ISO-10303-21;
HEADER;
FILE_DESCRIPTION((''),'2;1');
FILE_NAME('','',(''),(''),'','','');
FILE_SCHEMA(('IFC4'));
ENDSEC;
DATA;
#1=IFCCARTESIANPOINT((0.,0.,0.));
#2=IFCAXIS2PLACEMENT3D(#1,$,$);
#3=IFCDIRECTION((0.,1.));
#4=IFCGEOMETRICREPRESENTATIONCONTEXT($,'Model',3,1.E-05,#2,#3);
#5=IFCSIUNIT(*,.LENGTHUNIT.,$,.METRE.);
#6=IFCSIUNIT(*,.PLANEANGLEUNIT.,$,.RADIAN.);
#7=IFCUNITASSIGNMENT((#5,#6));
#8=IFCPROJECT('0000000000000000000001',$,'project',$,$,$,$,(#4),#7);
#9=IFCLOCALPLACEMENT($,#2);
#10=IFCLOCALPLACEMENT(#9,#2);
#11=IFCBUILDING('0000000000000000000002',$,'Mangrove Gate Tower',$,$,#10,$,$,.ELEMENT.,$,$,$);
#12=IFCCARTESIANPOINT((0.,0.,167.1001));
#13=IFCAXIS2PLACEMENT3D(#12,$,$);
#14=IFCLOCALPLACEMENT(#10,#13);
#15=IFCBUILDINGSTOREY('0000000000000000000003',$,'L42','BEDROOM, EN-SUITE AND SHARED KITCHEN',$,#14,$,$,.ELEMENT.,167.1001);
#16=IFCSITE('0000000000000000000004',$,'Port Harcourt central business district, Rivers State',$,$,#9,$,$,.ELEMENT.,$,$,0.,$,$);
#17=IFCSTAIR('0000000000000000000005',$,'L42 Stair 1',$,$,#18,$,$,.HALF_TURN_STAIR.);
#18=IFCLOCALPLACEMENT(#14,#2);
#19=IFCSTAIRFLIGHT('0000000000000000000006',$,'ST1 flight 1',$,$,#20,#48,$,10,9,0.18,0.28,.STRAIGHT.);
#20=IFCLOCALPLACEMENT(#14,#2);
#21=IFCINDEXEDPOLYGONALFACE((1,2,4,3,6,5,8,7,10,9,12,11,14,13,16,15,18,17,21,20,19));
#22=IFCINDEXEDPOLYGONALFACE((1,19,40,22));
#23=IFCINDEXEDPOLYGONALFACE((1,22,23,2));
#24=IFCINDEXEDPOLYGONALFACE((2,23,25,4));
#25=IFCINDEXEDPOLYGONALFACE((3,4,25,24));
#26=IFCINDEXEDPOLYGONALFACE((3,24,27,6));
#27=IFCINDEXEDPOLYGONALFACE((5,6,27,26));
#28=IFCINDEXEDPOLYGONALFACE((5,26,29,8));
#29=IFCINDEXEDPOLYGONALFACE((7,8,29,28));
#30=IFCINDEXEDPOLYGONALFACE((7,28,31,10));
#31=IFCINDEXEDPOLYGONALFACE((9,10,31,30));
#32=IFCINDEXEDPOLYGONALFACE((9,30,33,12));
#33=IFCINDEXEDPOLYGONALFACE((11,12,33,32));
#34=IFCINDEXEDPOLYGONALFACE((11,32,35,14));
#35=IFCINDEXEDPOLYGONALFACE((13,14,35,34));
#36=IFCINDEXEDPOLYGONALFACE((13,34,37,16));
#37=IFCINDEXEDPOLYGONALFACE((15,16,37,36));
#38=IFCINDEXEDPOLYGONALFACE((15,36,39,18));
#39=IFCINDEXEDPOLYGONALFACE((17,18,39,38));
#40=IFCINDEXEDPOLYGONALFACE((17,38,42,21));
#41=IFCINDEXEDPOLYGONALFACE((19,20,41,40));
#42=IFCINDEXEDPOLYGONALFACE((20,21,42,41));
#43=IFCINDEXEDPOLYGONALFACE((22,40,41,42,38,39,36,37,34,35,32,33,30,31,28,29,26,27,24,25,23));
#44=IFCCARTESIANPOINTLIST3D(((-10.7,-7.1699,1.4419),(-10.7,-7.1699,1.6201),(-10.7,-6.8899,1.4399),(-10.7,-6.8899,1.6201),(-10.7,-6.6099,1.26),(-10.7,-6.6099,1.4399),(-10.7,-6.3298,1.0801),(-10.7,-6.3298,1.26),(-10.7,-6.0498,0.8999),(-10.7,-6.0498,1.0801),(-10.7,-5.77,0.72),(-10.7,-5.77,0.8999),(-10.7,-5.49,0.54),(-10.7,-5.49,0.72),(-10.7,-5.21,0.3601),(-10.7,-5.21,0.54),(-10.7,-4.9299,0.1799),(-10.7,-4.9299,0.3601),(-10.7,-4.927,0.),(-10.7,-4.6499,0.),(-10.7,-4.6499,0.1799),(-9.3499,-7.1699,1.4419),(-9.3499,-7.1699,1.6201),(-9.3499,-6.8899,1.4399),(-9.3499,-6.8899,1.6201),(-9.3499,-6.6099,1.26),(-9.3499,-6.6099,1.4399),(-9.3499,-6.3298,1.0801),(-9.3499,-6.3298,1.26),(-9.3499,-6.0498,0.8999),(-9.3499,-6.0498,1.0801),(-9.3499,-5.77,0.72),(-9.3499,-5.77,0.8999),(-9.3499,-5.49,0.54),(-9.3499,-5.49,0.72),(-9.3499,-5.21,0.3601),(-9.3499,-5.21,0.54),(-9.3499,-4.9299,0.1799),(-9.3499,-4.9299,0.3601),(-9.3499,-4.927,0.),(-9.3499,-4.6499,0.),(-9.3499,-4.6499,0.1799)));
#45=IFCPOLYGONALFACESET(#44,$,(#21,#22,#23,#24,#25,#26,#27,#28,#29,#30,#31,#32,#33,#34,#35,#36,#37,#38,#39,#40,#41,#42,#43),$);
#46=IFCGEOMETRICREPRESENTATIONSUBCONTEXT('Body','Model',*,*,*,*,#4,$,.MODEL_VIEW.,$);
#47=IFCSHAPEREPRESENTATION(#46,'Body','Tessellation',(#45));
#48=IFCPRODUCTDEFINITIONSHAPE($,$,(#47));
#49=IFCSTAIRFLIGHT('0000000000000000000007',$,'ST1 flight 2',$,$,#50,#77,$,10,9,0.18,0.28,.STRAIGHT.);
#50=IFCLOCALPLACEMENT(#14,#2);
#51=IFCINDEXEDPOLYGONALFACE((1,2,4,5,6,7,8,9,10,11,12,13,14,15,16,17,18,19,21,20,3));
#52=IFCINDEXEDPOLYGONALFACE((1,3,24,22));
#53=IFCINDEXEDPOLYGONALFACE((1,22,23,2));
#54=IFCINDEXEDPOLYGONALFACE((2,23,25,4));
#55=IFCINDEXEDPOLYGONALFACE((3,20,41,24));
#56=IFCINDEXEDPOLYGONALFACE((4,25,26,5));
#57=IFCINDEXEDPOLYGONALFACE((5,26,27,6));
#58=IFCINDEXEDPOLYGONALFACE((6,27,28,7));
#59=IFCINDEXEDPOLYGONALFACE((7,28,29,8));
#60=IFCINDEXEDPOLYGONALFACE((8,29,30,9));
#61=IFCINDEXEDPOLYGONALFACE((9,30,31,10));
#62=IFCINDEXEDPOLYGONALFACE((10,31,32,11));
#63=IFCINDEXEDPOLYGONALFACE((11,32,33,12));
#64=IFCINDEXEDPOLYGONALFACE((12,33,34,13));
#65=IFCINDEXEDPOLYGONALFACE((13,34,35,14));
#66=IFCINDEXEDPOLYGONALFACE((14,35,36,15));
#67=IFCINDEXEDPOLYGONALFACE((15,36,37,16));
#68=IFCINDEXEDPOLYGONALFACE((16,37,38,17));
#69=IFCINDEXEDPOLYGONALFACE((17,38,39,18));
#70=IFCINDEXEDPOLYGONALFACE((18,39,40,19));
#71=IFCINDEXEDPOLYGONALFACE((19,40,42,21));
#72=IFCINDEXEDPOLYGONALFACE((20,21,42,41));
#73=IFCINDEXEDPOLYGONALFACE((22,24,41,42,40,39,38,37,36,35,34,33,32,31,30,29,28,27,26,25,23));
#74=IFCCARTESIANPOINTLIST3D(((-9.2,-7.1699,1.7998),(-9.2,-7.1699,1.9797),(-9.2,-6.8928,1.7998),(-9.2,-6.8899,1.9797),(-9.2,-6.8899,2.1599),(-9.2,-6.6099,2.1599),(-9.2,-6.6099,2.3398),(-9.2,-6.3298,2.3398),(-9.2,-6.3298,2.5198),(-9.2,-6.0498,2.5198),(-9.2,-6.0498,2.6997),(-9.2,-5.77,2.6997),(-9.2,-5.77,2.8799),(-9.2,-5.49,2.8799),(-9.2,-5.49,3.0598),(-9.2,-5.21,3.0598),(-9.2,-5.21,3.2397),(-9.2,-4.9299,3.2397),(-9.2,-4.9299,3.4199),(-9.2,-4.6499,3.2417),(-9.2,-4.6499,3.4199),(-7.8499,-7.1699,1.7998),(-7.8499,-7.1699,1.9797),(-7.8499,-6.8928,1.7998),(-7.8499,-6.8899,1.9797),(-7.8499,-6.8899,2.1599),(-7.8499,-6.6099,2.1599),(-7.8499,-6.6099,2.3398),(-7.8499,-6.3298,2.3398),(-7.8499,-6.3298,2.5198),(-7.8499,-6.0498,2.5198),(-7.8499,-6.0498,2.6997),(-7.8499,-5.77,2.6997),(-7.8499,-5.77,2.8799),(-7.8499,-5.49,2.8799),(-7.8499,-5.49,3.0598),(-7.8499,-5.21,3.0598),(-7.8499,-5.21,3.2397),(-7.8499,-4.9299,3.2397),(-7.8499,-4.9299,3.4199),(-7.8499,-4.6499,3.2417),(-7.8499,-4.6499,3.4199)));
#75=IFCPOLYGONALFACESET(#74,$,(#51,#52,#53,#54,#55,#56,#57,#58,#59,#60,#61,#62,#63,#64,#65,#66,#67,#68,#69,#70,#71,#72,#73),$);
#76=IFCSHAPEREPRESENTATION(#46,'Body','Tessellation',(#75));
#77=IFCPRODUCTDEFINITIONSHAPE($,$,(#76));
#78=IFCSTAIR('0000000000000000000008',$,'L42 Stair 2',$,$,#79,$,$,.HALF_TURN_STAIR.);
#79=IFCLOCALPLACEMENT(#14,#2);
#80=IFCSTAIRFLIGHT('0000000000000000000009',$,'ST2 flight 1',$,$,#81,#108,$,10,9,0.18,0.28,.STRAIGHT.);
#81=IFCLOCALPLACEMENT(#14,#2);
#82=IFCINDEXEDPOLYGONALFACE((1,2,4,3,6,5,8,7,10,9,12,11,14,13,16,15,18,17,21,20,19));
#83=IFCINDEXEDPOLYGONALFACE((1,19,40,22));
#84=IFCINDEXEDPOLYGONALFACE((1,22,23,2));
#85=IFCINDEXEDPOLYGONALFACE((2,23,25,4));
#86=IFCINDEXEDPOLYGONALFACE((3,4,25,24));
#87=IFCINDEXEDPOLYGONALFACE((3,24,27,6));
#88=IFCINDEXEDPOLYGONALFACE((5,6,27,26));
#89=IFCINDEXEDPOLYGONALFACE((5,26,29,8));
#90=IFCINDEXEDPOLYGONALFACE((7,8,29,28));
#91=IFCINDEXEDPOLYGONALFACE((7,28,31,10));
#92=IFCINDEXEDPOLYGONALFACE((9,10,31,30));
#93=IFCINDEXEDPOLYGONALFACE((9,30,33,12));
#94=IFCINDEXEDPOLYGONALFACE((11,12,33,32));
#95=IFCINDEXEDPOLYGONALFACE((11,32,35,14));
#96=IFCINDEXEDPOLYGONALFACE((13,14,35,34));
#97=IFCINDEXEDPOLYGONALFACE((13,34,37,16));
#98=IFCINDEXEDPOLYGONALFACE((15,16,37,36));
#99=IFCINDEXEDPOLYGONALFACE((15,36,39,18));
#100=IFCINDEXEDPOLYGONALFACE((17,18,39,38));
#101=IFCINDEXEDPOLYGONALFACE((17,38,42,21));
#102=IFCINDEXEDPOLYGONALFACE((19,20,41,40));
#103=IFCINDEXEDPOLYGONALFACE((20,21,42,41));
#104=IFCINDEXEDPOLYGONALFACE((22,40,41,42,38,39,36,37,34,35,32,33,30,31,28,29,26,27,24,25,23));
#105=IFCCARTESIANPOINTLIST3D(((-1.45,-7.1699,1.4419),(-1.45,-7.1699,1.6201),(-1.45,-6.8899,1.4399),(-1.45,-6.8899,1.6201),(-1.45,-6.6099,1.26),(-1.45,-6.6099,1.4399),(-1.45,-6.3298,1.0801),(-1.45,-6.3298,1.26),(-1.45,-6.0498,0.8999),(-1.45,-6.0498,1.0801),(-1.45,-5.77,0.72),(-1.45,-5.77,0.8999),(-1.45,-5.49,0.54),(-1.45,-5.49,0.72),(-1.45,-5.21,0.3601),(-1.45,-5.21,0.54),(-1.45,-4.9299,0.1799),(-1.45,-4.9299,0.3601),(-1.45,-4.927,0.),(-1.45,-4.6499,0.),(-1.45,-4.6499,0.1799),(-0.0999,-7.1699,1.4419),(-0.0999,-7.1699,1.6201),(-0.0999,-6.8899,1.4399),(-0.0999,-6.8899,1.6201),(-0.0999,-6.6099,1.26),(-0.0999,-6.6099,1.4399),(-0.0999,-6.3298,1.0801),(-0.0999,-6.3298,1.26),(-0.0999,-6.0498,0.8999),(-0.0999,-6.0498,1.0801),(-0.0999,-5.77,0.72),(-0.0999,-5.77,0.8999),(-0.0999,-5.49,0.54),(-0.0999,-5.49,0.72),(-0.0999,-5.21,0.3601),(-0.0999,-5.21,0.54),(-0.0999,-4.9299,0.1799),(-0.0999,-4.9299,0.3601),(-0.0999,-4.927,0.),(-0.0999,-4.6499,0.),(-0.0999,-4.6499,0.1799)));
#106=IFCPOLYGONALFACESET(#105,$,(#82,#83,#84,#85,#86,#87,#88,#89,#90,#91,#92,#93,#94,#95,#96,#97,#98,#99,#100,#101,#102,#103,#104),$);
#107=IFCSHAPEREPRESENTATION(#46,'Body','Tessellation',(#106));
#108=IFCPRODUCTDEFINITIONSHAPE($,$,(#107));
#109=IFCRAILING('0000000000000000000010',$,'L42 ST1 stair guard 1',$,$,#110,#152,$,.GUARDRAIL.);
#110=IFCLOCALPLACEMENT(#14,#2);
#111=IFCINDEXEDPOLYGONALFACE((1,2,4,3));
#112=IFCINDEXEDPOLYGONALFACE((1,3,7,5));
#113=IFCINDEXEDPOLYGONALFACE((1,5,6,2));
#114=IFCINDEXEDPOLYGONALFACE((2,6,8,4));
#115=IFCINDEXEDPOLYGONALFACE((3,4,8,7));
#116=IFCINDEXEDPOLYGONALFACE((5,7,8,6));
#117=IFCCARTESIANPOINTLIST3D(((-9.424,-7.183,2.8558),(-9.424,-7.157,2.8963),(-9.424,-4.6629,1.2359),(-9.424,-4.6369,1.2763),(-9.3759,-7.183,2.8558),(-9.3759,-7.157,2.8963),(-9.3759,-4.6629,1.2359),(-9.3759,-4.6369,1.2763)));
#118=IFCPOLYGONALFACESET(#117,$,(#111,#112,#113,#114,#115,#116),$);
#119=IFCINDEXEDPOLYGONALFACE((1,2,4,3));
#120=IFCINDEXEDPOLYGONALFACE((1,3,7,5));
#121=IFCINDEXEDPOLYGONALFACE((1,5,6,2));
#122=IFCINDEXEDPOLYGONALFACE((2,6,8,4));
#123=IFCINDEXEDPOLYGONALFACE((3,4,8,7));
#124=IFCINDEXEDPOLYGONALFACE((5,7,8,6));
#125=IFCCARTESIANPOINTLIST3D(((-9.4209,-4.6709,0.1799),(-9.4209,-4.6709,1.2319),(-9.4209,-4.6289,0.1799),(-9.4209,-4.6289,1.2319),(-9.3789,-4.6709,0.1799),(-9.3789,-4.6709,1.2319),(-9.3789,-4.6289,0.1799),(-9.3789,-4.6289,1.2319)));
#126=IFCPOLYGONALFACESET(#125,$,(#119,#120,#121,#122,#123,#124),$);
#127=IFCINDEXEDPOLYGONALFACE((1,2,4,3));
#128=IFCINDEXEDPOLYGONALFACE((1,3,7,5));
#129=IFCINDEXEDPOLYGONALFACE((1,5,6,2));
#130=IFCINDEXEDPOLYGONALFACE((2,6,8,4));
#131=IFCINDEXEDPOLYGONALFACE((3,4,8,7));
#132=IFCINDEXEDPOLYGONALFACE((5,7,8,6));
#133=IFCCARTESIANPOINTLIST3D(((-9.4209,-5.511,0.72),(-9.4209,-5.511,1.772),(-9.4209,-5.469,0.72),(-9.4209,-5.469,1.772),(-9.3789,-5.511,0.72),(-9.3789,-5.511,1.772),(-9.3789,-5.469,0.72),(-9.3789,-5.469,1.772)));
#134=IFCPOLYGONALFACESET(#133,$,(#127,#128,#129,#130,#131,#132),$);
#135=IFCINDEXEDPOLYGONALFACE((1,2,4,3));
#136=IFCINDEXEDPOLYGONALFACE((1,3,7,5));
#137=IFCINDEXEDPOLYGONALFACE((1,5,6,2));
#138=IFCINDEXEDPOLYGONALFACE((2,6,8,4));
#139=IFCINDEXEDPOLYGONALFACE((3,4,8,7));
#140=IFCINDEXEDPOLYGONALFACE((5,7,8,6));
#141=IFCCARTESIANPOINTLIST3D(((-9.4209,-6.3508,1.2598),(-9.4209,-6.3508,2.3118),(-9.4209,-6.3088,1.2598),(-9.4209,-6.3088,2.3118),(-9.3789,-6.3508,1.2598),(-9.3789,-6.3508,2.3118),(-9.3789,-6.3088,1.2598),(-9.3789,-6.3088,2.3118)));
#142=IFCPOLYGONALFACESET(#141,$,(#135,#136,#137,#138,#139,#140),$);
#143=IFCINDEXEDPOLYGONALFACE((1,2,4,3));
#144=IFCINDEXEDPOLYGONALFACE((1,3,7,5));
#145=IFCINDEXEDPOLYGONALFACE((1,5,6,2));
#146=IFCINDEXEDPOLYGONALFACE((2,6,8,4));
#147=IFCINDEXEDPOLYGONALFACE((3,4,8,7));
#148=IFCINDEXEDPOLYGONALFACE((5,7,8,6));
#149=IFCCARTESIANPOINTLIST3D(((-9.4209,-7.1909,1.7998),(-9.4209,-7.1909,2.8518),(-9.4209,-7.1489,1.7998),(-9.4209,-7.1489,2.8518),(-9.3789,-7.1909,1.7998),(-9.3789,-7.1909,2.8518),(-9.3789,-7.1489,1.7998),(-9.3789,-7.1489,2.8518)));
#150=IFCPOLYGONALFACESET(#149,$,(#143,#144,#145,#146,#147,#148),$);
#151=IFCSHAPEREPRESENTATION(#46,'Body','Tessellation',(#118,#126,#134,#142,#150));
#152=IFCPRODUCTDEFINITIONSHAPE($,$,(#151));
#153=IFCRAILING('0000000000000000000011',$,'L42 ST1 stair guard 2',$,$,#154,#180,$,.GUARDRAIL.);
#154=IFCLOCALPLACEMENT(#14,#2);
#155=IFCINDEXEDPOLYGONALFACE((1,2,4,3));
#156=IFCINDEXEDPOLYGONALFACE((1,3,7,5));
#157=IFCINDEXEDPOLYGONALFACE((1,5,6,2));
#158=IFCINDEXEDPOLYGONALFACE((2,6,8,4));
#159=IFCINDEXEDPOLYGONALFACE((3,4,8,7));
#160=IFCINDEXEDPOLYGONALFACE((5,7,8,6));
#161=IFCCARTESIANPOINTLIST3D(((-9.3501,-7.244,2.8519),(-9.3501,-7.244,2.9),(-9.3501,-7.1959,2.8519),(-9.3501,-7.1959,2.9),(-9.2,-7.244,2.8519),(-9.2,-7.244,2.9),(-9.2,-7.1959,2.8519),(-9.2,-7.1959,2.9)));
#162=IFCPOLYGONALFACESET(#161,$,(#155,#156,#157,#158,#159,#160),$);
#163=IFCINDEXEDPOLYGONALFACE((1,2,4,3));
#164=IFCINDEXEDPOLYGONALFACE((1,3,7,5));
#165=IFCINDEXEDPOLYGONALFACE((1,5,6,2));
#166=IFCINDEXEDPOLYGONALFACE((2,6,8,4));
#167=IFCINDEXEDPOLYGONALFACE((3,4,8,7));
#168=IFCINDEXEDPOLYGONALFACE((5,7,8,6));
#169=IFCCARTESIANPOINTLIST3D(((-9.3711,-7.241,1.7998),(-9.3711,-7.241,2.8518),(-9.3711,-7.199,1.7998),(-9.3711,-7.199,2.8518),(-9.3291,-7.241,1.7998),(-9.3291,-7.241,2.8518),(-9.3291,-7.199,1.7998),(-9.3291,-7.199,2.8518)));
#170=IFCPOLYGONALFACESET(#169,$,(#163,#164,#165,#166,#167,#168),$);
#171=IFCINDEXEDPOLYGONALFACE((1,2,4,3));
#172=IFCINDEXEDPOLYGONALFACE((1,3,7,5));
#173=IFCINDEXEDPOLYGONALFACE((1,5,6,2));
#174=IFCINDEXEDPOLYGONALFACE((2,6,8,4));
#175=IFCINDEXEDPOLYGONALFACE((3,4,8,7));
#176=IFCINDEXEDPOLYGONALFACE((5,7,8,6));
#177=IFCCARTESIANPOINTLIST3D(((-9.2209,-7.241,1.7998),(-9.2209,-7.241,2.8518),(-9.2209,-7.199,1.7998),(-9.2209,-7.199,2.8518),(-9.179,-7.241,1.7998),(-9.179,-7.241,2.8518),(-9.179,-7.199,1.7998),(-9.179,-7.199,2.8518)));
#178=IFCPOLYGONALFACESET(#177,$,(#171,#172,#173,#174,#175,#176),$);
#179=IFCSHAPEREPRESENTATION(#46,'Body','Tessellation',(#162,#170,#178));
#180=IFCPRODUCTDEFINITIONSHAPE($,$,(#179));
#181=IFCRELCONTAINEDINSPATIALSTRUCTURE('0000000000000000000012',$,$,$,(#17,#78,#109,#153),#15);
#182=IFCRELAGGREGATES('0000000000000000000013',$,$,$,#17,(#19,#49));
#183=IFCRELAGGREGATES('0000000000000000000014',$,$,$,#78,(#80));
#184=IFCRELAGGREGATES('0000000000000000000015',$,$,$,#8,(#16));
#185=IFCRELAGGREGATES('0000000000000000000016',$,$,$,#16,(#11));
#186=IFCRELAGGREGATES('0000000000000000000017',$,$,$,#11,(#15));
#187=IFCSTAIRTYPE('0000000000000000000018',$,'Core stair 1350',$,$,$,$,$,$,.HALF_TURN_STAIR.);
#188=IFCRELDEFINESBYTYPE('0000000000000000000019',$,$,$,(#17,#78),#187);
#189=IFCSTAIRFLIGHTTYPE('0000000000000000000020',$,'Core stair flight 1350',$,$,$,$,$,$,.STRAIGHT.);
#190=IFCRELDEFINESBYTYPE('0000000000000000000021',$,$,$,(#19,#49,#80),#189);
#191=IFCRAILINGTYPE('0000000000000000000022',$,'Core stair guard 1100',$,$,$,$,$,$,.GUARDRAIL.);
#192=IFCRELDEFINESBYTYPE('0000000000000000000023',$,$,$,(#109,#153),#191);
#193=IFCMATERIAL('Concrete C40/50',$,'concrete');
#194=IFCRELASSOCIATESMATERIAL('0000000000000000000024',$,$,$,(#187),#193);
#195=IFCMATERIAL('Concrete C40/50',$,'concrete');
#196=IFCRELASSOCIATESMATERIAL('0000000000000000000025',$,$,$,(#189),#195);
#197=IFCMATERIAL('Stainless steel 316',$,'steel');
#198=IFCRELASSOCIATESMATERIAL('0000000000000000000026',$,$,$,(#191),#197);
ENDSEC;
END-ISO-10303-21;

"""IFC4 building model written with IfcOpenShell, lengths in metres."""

from ifc_helpers import new_model, si_unit, direction, frame, origin, origin_2d, place, context, subcontext, project, spatial, polyline, rectangle, outline, extrude, material, type_object, element, aggregate, save


model = new_model("IFC4")

# Units and contexts
model_context = context("Model", 3, precision=1e-05, world=origin(), true_north=direction((0.0, 1.0)))
body_context = subcontext(model_context, "Body", "Model", "MODEL_VIEW")
ifc_project = project(units=[si_unit("LENGTHUNIT", "METRE"), si_unit("PLANEANGLEUNIT", "RADIAN")], contexts=[model_context])

# Site, building, storey
site_placement = place(None, origin())
site = spatial("IfcSite", under=ifc_project, at=site_placement, Name="Port Harcourt central business district, Rivers State", CompositionType="ELEMENT", RefElevation=0.0)
building_placement = place(site_placement, origin())
building = spatial("IfcBuilding", under=site, at=building_placement, Name="Mangrove Gate Tower", CompositionType="ELEMENT")
storey_placement = place(building_placement, frame((0.0, 0.0, 167.1001)))
storey = spatial("IfcBuildingStorey", under=building, at=storey_placement, Name="L42", Description="BEDROOM, EN-SUITE AND SHARED KITCHEN", CompositionType="ELEMENT", Elevation=167.1001)

# Stair, stair flights
ifc_material_1 = material(Name="Concrete C40/50", Category="concrete")
stair_type = type_object("IfcStairType", Name="Core stair 1350", PredefinedType="HALF_TURN_STAIR", material=ifc_material_1)
stair_1_placement = place(storey_placement, origin())
stair_1 = element("IfcStair", 1, at=stair_1_placement, inside=storey, type_object=stair_type, Name="L42 Stair 1", PredefinedType="HALF_TURN_STAIR")
ifc_material_2 = material(Name="Concrete C40/50", Category="concrete")
stair_flight_type = type_object("IfcStairFlightType", Name="Core stair flight 1350", PredefinedType="STRAIGHT", material=ifc_material_2)
stair_flight_1_placement = place(storey_placement, frame((-10.0249, -4.6499, 0.0), z_axis=(0.0, 0.0, 1.0), x_axis=(0.0, -1.0, 0.0)))
stair_flight_1 = element("IfcStairFlight", 2, at=stair_flight_1_placement, type_object=stair_flight_type, Name="ST1 flight 1", NumberOfRisers=10, NumberOfTreads=9, PredefinedType="STRAIGHT", RiserHeight=0.18, TreadLength=0.28, context=body_context, shape_type="SweptSolid", body=[
    extrude(outline(polyline([(0.0, 0.0), (0.0, 0.1799), (0.28, 0.1799), (0.28, 0.3601), (0.5601, 0.3601), (0.5601, 0.54), (0.8401, 0.54), (0.8401, 0.72), (1.1201, 0.72), (1.1201, 0.8999), (1.3999, 0.8999), (1.3999, 1.0801), (1.6799, 1.0801), (1.6799, 1.26), (1.96, 1.26), (1.96, 1.4399), (2.24, 1.4399), (2.24, 1.6201), (2.52, 1.6201), (2.52, 1.8), (2.52, 1.4419), (0.2771, 0.0), (0.0, 0.0)])), frame((0.0, 0.675, 0.0), z_axis=(0.0, -1.0, 0.0), x_axis=(1.0, 0.0, 0.0)), (0.0, 0.0, 1.0), 1.3501),
])
stair_flight_2_placement = place(storey_placement, frame((-8.5249, -7.1699, 1.7998), z_axis=(0.0, 0.0, 1.0), x_axis=(0.0, 1.0, 0.0)))
stair_flight_2 = element("IfcStairFlight", 3, at=stair_flight_2_placement, type_object=stair_flight_type, Name="ST1 flight 2", NumberOfRisers=10, NumberOfTreads=9, PredefinedType="STRAIGHT", RiserHeight=0.18, TreadLength=0.28, context=body_context, shape_type="SweptSolid", body=[
    extrude(outline(polyline([(0.0, 0.0), (0.0, 0.1799), (0.28, 0.1799), (0.28, 0.3601), (0.5601, 0.3601), (0.5601, 0.54), (0.8401, 0.54), (0.8401, 0.72), (1.1201, 0.72), (1.1201, 0.8999), (1.3999, 0.8999), (1.3999, 1.0801), (1.6799, 1.0801), (1.6799, 1.26), (1.96, 1.26), (1.96, 1.4399), (2.24, 1.4399), (2.24, 1.6201), (2.52, 1.6201), (2.52, 1.8), (2.52, 1.4419), (0.2771, 0.0), (0.0, 0.0)])), frame((0.0, 0.675, 0.0), z_axis=(0.0, -1.0, 0.0), x_axis=(1.0, 0.0, 0.0)), (0.0, 0.0, 1.0), 1.3501),
])
aggregate(stair_1, [stair_flight_1, stair_flight_2])

# Stair, stair flight
stair_2_placement = place(storey_placement, origin())
stair_2 = element("IfcStair", 4, at=stair_2_placement, inside=storey, type_object=stair_type, Name="L42 Stair 2", PredefinedType="HALF_TURN_STAIR")
stair_flight_3_placement = place(storey_placement, frame((-0.7749, -4.6499, 0.0), z_axis=(0.0, 0.0, 1.0), x_axis=(0.0, -1.0, 0.0)))
stair_flight_3 = element("IfcStairFlight", 5, at=stair_flight_3_placement, type_object=stair_flight_type, Name="ST2 flight 1", NumberOfRisers=10, NumberOfTreads=9, PredefinedType="STRAIGHT", RiserHeight=0.18, TreadLength=0.28, context=body_context, shape_type="SweptSolid", body=[
    extrude(outline(polyline([(0.0, 0.0), (0.0, 0.1799), (0.28, 0.1799), (0.28, 0.3601), (0.5601, 0.3601), (0.5601, 0.54), (0.8401, 0.54), (0.8401, 0.72), (1.1201, 0.72), (1.1201, 0.8999), (1.3999, 0.8999), (1.3999, 1.0801), (1.6799, 1.0801), (1.6799, 1.26), (1.96, 1.26), (1.96, 1.4399), (2.24, 1.4399), (2.24, 1.6201), (2.52, 1.6201), (2.52, 1.8), (2.52, 1.4419), (0.2771, 0.0), (0.0, 0.0)])), frame((0.0, 0.675, 0.0), z_axis=(0.0, -1.0, 0.0), x_axis=(1.0, 0.0, 0.0)), (0.0, 0.0, 1.0), 1.3501),
])
aggregate(stair_2, [stair_flight_3])

# Railings
ifc_material_3 = material(Name="Stainless steel 316", Category="steel")
railing_type_1 = type_object("IfcRailingType", Name="Core stair guard 1100", PredefinedType="GUARDRAIL", material=ifc_material_3)
railing_1_placement = place(storey_placement, frame((-9.3999, -4.6499, 0.1799)))
element("IfcRailing", 6, at=railing_1_placement, inside=storey, type_object=railing_type_1, Name="L42 ST1 stair guard 1", PredefinedType="GUARDRAIL", context=body_context, shape_type="SweptSolid", body=[
    extrude(rectangle(XDim=0.0481, YDim=0.0481, at=origin_2d()), frame((0.0, 0.0, 1.0762), z_axis=(0.0, -0.8412, 0.540725), x_axis=(1.0, 0.0, 0.0)), (0.0, 0.0, 1.0), 2.9958),
    extrude(rectangle(XDim=0.042, YDim=0.042, at=origin_2d()), origin(), (0.0, 0.0, 1.0), 1.052),
    extrude(rectangle(XDim=0.042, YDim=0.042, at=origin_2d()), frame((0.0, -0.8401, 0.54)), (0.0, 0.0, 1.0), 1.052),
    extrude(rectangle(XDim=0.042, YDim=0.042, at=origin_2d()), frame((0.0, -1.6799, 1.0798)), (0.0, 0.0, 1.0), 1.052),
    extrude(rectangle(XDim=0.042, YDim=0.042, at=origin_2d()), frame((0.0, -2.52, 1.6199)), (0.0, 0.0, 1.0), 1.052),
])
railing_2_placement = place(storey_placement, frame((-9.3501, -7.22, 1.7998)))
element("IfcRailing", 7, at=railing_2_placement, inside=storey, type_object=railing_type_1, Name="L42 ST1 stair guard 2", PredefinedType="GUARDRAIL", context=body_context, shape_type="SweptSolid", body=[
    extrude(rectangle(XDim=0.0481, YDim=0.0481, at=origin_2d()), frame((0.0, 0.0, 1.0762), z_axis=(1.0, 0.0, 0.0), x_axis=(0.0, 1.0, 0.0)), (0.0, 0.0, 1.0), 0.1501),
    extrude(rectangle(XDim=0.042, YDim=0.042, at=origin_2d()), origin(), (0.0, 0.0, 1.0), 1.052),
    extrude(rectangle(XDim=0.042, YDim=0.042, at=origin_2d()), frame((0.1501, 0.0, 0.0)), (0.0, 0.0, 1.0), 1.052),
])

save(model, "model.ifc")
